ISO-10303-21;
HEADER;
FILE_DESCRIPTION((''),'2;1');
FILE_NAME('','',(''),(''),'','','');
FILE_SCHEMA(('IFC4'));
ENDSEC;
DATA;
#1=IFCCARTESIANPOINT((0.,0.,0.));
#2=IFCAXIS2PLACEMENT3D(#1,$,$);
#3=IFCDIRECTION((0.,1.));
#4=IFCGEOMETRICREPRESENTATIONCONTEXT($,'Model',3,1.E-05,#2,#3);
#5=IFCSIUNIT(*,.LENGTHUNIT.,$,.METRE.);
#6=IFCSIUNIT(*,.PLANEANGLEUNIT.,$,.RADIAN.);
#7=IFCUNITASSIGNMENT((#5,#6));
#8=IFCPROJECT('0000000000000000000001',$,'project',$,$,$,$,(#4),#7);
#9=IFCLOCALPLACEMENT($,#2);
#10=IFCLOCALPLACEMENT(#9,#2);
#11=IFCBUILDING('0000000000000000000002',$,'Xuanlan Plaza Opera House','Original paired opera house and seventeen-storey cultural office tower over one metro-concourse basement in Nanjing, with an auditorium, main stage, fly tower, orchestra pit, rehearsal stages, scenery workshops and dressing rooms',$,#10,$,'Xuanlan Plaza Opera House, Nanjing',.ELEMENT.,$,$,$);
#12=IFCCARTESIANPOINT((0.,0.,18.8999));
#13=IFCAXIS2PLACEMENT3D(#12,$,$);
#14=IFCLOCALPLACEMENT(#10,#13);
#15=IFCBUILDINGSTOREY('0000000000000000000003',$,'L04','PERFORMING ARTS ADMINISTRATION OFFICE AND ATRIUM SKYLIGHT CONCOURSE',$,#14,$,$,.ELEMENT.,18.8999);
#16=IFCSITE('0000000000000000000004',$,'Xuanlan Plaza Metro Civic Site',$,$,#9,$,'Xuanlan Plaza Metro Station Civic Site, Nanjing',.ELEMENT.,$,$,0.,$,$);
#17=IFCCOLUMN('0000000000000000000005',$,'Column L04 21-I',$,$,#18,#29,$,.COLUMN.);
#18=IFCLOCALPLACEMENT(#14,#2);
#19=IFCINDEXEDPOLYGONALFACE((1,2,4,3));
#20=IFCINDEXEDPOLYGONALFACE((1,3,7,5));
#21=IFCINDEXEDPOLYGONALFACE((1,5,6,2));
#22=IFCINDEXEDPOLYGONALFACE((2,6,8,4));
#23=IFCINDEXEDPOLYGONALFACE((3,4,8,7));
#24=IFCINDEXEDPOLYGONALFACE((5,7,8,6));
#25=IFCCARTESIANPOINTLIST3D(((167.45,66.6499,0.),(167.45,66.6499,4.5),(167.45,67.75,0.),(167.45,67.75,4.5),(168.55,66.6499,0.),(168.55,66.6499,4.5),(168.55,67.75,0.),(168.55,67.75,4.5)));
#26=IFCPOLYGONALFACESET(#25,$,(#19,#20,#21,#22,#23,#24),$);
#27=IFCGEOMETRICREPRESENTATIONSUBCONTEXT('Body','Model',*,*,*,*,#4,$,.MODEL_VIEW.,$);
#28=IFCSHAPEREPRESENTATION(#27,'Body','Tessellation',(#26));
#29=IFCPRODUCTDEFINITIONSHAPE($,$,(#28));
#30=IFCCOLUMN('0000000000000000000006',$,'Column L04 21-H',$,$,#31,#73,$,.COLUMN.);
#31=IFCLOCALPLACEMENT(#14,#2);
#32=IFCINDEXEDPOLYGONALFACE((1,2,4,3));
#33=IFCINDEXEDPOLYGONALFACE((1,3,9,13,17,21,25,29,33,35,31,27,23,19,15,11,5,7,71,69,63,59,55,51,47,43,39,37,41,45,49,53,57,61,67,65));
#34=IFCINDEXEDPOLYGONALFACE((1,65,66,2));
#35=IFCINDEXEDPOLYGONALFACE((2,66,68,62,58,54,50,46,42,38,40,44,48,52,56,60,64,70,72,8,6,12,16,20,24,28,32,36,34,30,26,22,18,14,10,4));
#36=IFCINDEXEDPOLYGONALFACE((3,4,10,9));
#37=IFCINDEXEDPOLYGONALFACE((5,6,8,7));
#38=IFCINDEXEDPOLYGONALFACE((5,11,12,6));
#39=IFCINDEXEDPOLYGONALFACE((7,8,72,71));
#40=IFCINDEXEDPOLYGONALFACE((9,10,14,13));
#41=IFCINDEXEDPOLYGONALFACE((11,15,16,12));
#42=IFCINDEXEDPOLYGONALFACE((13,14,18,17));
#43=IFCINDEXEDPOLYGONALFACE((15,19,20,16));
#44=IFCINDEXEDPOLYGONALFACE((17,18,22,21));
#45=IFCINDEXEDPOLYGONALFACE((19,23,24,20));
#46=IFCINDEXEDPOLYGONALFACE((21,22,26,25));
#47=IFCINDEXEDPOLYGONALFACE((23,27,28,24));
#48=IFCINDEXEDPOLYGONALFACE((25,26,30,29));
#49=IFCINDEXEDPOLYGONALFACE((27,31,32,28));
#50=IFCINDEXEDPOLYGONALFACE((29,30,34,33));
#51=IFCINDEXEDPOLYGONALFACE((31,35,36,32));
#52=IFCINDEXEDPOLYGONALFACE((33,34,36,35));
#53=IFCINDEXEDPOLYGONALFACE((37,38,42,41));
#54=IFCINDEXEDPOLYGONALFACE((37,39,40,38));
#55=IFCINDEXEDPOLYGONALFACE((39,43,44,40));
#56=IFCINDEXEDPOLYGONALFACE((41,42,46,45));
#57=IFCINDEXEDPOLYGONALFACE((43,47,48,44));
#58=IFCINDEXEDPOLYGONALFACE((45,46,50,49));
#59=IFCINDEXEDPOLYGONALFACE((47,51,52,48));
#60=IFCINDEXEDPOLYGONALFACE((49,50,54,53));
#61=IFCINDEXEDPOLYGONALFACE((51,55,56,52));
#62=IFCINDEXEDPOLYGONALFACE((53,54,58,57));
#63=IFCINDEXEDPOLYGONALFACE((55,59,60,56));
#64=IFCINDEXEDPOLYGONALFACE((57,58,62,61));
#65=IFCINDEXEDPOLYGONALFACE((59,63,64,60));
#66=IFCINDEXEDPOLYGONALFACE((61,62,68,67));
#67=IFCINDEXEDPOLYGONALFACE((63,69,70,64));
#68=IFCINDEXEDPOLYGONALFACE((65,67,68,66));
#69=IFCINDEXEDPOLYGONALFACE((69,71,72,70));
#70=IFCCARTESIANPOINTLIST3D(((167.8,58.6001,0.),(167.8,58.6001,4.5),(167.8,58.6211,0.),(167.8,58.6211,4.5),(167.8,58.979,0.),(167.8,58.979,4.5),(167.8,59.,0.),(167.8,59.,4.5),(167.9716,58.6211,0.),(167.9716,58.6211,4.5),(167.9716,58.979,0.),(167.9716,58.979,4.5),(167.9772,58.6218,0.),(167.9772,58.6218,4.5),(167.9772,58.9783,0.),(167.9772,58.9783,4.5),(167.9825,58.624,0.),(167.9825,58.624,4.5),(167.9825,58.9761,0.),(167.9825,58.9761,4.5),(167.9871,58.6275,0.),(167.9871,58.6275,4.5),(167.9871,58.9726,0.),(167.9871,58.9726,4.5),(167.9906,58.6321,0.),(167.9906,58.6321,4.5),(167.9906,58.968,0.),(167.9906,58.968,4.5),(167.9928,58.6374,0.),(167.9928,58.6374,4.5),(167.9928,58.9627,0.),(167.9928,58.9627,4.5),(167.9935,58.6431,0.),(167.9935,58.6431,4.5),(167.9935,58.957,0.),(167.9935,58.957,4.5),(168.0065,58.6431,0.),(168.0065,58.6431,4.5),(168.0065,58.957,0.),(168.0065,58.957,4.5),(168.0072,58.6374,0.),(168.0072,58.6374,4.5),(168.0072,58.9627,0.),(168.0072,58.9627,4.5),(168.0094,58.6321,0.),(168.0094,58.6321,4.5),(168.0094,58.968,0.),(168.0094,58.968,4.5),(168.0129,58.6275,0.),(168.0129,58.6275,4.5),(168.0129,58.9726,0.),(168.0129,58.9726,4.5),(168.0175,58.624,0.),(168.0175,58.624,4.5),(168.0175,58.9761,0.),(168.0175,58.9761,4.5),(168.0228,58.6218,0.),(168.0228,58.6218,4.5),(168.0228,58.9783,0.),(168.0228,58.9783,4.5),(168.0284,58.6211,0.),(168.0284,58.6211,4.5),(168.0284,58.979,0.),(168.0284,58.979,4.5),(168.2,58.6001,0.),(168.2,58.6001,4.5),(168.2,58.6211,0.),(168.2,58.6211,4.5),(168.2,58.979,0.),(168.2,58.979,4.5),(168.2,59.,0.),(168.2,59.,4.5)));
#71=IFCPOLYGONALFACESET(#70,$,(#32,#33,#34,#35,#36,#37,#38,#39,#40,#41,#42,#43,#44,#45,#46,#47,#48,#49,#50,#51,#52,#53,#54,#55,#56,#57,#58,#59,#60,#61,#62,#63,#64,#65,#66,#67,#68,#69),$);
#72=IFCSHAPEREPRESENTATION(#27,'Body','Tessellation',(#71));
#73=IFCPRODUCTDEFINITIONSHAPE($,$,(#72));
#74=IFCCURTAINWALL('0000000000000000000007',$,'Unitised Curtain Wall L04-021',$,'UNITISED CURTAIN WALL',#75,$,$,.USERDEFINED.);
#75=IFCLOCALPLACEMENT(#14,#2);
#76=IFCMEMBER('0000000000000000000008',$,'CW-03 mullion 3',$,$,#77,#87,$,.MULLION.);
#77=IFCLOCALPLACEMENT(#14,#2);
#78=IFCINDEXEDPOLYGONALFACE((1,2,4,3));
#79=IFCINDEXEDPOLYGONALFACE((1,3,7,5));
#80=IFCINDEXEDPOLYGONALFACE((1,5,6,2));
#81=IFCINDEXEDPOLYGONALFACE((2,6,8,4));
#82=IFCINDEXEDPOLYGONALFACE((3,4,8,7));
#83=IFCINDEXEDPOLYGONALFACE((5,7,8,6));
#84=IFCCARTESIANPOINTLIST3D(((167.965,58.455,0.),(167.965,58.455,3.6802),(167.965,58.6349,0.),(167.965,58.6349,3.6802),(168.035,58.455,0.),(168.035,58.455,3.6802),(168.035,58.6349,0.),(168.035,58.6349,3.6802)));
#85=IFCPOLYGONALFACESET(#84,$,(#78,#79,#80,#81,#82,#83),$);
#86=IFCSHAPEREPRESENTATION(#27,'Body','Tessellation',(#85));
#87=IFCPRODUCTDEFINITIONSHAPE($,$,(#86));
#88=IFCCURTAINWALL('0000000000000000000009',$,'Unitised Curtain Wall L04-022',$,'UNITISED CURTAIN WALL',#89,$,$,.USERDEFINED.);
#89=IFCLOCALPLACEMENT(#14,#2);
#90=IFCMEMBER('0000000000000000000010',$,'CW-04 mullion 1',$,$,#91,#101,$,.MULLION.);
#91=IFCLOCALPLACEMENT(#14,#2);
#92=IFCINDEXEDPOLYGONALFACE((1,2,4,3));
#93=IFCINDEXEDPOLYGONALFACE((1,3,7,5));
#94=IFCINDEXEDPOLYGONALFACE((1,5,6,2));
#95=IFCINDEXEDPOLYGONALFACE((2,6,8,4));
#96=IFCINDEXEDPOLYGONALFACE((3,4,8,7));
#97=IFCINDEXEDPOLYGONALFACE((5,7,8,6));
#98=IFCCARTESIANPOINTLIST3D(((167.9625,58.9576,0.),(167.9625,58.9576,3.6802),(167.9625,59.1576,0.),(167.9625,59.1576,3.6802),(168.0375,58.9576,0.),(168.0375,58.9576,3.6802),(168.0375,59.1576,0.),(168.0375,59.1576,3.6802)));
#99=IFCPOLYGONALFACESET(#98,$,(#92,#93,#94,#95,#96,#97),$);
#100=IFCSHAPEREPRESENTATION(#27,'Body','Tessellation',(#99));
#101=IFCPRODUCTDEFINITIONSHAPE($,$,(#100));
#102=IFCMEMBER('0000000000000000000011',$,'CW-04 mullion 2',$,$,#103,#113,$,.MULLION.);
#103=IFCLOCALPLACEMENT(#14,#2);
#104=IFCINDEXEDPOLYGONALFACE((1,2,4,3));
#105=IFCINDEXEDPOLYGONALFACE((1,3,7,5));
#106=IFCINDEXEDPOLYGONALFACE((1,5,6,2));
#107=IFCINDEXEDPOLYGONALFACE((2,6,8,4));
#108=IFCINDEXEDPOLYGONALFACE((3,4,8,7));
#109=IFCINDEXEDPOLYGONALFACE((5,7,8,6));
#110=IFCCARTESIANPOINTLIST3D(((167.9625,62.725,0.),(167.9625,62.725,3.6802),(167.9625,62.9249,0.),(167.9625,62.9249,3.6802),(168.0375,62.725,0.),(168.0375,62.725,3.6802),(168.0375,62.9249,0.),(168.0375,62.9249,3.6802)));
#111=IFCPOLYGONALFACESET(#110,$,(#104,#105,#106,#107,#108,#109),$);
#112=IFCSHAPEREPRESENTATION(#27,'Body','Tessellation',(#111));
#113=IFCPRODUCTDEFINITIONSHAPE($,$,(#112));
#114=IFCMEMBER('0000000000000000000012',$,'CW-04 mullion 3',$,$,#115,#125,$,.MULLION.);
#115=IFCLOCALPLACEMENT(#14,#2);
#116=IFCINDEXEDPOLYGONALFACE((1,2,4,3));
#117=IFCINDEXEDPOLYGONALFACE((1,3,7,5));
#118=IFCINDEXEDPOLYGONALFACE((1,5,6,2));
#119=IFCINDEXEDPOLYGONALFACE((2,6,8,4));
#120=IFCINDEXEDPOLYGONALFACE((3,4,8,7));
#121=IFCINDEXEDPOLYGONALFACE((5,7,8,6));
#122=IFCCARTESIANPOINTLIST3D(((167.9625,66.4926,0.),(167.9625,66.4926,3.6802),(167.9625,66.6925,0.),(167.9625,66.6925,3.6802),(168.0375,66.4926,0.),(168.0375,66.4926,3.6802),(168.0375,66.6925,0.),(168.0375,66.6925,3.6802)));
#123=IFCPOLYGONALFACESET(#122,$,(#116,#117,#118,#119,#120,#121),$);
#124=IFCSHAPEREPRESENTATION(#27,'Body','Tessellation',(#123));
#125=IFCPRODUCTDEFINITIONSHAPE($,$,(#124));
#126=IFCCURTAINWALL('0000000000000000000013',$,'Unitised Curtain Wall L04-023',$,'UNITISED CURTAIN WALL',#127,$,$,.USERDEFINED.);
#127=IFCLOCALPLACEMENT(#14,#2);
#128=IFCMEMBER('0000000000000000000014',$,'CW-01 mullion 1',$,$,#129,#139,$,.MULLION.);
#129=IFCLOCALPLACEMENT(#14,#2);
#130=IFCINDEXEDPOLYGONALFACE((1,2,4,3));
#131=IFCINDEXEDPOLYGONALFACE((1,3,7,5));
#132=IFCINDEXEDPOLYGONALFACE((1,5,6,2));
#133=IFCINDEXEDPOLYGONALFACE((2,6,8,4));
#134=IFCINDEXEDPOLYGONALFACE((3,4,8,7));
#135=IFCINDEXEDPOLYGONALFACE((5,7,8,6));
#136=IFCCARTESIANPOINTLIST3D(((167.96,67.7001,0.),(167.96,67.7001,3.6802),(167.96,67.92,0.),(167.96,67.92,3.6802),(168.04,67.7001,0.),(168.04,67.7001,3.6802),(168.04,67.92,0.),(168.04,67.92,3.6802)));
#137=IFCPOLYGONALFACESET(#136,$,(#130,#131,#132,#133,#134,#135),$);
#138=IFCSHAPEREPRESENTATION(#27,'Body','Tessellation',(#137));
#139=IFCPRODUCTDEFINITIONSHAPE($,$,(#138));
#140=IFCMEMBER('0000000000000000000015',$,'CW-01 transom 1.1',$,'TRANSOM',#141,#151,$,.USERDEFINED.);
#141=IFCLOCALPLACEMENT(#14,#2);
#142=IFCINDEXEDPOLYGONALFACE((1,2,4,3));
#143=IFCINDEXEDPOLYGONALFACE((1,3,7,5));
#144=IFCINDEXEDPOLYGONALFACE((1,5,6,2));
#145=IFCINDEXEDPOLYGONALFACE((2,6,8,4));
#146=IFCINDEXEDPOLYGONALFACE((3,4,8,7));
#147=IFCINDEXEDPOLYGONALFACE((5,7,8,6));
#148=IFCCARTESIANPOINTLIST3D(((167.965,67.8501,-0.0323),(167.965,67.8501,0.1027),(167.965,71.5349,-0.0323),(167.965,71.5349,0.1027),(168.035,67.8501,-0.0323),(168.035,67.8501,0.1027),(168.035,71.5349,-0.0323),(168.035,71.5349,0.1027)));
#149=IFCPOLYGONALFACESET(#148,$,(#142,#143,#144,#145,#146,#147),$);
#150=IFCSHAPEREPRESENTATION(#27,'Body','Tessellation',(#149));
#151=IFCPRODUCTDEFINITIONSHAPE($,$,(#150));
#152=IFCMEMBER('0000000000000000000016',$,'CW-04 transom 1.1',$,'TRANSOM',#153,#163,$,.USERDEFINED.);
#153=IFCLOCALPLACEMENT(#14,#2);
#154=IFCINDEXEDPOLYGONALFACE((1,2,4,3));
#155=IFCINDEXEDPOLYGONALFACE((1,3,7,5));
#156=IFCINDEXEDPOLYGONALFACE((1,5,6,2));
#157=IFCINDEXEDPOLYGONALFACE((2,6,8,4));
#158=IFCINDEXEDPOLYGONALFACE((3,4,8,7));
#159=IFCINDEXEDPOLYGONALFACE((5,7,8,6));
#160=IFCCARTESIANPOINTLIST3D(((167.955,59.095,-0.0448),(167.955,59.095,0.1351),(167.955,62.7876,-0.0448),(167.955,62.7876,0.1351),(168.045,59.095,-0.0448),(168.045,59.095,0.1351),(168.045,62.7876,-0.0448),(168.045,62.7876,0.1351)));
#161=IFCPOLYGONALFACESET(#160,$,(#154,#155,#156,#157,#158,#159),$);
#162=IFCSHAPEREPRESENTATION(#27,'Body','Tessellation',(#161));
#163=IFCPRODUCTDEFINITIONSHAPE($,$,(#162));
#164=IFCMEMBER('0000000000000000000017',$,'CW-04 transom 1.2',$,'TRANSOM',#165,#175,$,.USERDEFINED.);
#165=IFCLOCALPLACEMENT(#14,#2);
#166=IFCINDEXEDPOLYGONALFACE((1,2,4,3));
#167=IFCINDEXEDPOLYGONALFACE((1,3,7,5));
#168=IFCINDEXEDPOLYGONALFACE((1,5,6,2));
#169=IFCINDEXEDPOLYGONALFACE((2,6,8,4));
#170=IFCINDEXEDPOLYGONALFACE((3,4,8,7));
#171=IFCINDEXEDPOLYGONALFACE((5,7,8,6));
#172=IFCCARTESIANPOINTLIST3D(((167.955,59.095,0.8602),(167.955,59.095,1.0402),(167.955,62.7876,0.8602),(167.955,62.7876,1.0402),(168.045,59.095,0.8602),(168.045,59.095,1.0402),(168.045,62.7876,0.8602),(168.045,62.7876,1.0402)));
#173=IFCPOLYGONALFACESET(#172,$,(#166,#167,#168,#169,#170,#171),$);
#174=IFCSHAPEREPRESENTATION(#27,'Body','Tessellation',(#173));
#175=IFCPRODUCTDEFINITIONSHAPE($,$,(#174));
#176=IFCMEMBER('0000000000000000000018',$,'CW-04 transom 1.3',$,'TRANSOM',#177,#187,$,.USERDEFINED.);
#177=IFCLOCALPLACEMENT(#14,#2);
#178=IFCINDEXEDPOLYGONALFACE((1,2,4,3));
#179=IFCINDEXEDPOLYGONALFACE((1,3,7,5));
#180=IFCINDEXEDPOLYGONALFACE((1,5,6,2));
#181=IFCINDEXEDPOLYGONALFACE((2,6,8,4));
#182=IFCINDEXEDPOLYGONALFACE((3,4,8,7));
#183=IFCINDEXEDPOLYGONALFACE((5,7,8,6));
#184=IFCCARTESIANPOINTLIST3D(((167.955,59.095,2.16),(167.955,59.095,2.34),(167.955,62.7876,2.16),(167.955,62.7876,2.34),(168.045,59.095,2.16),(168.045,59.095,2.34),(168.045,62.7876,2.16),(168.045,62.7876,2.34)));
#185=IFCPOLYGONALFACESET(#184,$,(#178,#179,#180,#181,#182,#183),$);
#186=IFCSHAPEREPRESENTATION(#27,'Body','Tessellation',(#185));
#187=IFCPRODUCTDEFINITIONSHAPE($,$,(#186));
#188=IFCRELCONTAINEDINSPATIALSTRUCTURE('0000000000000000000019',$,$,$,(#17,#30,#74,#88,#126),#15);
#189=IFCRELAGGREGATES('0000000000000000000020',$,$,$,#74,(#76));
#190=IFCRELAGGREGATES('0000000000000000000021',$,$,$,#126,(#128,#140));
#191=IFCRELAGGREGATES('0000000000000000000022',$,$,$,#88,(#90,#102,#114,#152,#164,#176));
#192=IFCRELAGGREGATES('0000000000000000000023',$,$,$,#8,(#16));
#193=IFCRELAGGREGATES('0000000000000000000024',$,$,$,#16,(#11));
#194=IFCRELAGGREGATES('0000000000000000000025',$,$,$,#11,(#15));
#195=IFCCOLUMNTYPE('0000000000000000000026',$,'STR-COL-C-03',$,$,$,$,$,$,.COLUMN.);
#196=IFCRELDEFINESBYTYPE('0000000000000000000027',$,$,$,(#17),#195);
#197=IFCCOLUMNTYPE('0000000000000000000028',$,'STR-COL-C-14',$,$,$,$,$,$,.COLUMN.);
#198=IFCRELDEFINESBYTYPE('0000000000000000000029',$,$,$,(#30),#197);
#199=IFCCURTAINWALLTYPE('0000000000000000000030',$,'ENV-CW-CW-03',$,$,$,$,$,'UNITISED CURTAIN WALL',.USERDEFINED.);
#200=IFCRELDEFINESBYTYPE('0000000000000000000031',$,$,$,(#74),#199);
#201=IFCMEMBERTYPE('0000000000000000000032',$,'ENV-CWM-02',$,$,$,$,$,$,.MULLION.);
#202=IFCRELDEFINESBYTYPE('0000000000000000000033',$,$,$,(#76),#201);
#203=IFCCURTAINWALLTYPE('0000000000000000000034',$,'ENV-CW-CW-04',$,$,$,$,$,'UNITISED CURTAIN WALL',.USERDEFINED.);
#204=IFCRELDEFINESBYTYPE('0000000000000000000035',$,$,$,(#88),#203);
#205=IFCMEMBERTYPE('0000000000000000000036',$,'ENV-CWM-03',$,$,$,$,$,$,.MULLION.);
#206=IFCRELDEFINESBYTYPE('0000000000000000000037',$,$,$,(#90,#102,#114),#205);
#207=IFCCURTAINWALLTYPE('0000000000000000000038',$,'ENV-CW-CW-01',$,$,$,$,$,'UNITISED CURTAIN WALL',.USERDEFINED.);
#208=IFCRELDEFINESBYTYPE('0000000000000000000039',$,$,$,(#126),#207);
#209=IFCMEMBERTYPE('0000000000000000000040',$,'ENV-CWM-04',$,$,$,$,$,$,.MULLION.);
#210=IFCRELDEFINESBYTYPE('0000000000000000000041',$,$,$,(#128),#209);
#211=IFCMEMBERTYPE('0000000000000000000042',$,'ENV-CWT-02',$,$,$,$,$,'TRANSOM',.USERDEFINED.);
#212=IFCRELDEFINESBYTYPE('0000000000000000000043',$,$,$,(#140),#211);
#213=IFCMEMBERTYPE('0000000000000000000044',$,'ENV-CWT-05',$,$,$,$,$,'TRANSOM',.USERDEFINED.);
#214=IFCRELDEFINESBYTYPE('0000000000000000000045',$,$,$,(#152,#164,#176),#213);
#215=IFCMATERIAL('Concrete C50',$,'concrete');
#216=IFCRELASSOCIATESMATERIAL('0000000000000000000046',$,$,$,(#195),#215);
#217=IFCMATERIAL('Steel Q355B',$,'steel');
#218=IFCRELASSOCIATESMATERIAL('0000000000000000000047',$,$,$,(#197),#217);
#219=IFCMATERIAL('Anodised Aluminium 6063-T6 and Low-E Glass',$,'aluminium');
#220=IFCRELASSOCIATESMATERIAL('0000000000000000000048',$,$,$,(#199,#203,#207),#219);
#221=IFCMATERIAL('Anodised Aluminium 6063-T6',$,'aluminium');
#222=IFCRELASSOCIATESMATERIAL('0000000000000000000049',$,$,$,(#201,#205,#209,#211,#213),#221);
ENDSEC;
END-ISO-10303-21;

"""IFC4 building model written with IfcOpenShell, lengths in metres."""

from ifc_helpers import new_model, si_unit, direction, frame, origin, origin_2d, place, context, subcontext, project, spatial, rectangle, i_section, extrude, material, material_profile, profile_set, type_object, element, aggregate, save


model = new_model("IFC4")

# Units and contexts
model_context = context("Model", 3, precision=1e-05, world=origin(), true_north=direction((0.0, 1.0)))
body_context = subcontext(model_context, "Body", "Model", "MODEL_VIEW")
ifc_project = project(units=[si_unit("LENGTHUNIT", "METRE"), si_unit("PLANEANGLEUNIT", "RADIAN")], contexts=[model_context])

# Site, building, storey
site_placement = place(None, origin())
site = spatial("IfcSite", under=ifc_project, at=site_placement, Name="Xuanlan Plaza Metro Civic Site", LongName="Xuanlan Plaza Metro Station Civic Site, Nanjing", CompositionType="ELEMENT", RefElevation=0.0)
building_placement = place(site_placement, origin())
building = spatial("IfcBuilding", under=site, at=building_placement, Name="Xuanlan Plaza Opera House", Description="Original paired opera house and seventeen-storey cultural office tower over one metro-concourse basement in Nanjing, with an auditorium, main stage, fly tower, orchestra pit, rehearsal stages, scenery workshops and dressing rooms", LongName="Xuanlan Plaza Opera House, Nanjing", CompositionType="ELEMENT")
storey_placement = place(building_placement, frame((0.0, 0.0, 18.8999)))
storey = spatial("IfcBuildingStorey", under=building, at=storey_placement, Name="L04", Description="PERFORMING ARTS ADMINISTRATION OFFICE AND ATRIUM SKYLIGHT CONCOURSE", CompositionType="ELEMENT", Elevation=18.8999)

# Columns
ifc_material_1 = material(Name="Concrete C50", Category="concrete")
ifc_material_profile_1 = material_profile(ifc_material_1, rectangle(XDim=1.1001, YDim=1.1001, at=origin_2d()), Name="RC-COL 1100x1100")
ifc_profile_set_1 = profile_set([ifc_material_profile_1], Name="Concrete C50")
column_type_1 = type_object("IfcColumnType", Name="STR-COL-C-03", PredefinedType="COLUMN", material=ifc_profile_set_1)
column_1_placement = place(storey_placement, frame((168.0, 67.2, 0.0), z_axis=(0.0, 0.0, 1.0), x_axis=(1.0, 0.0, 0.0)))
element("IfcColumn", 1, at=column_1_placement, inside=storey, type_object=column_type_1, Name="Column L04 21-I", PredefinedType="COLUMN", context=body_context, shape_type="SweptSolid", body=[
    extrude(rectangle(XDim=1.1001, YDim=1.1001, at=origin_2d()), origin(), (0.0, 0.0, 1.0), 4.5),
])
ifc_material_2 = material(Name="Steel Q355B", Category="steel")
ifc_material_profile_2 = material_profile(ifc_material_2, i_section(OverallWidth=0.3999, OverallDepth=0.3999, WebThickness=0.0129, FlangeThickness=0.021, FilletRadius=0.022, at=origin_2d()), Name="HW 400x400x13x21")
ifc_profile_set_2 = profile_set([ifc_material_profile_2], Name="Steel Q355B")
column_type_2 = type_object("IfcColumnType", Name="STR-COL-C-14", PredefinedType="COLUMN", material=ifc_profile_set_2)
column_2_placement = place(storey_placement, frame((168.0, 58.8, 0.0), z_axis=(0.0, 0.0, 1.0), x_axis=(1.0, 0.0, 0.0)))
element("IfcColumn", 2, at=column_2_placement, inside=storey, type_object=column_type_2, Name="Column L04 21-H", PredefinedType="COLUMN", context=body_context, shape_type="SweptSolid", body=[
    extrude(i_section(OverallWidth=0.3999, OverallDepth=0.3999, WebThickness=0.0129, FlangeThickness=0.021, FilletRadius=0.022, at=origin_2d()), origin(), (0.0, 0.0, 1.0), 4.5),
])

# Curtain wall, member
ifc_material_3 = material(Name="Anodised Aluminium 6063-T6 and Low-E Glass", Category="aluminium")
curtain_wall_type_1 = type_object("IfcCurtainWallType", Name="ENV-CW-CW-03", ElementType="UNITISED CURTAIN WALL", PredefinedType="USERDEFINED", material=ifc_material_3)
curtain_wall_1_placement = place(storey_placement, origin())
curtain_wall_1 = element("IfcCurtainWall", 3, at=curtain_wall_1_placement, inside=storey, type_object=curtain_wall_type_1, Name="Unitised Curtain Wall L04-021", ObjectType="UNITISED CURTAIN WALL", PredefinedType="USERDEFINED")
ifc_material_4 = material(Name="Anodised Aluminium 6063-T6", Category="aluminium")
ifc_material_profile_3 = material_profile(ifc_material_4, rectangle(XDim=0.0701, YDim=0.1799, at=origin_2d()), Name="ALU-M 70x180")
ifc_profile_set_3 = profile_set([ifc_material_profile_3], Name="Anodised Aluminium 6063-T6")
member_type_1 = type_object("IfcMemberType", Name="ENV-CWM-02", PredefinedType="MULLION", material=ifc_profile_set_3)
member_1_placement = place(storey_placement, frame((168.0, 58.5449, 0.0), z_axis=(0.0, 0.0, 1.0), x_axis=(-1.0, 0.0, 0.0)))
member_1 = element("IfcMember", 4, at=member_1_placement, type_object=member_type_1, Name="CW-03 mullion 3", PredefinedType="MULLION", context=body_context, shape_type="SweptSolid", body=[
    extrude(rectangle(XDim=0.0701, YDim=0.1799, at=origin_2d()), origin(), (0.0, 0.0, 1.0), 3.6802),
])
aggregate(curtain_wall_1, [member_1])

# Curtain walls, members
curtain_wall_type_2 = type_object("IfcCurtainWallType", Name="ENV-CW-CW-04", ElementType="UNITISED CURTAIN WALL", PredefinedType="USERDEFINED", material=ifc_material_3)
curtain_wall_2_placement = place(storey_placement, origin())
curtain_wall_2 = element("IfcCurtainWall", 5, at=curtain_wall_2_placement, inside=storey, type_object=curtain_wall_type_2, Name="Unitised Curtain Wall L04-022", ObjectType="UNITISED CURTAIN WALL", PredefinedType="USERDEFINED")
ifc_material_profile_4 = material_profile(ifc_material_4, rectangle(XDim=0.075, YDim=0.2, at=origin_2d()), Name="ALU-M 75x200")
ifc_profile_set_4 = profile_set([ifc_material_profile_4], Name="Anodised Aluminium 6063-T6")
member_type_2 = type_object("IfcMemberType", Name="ENV-CWM-03", PredefinedType="MULLION", material=ifc_profile_set_4)
member_2_placement = place(storey_placement, frame((168.0, 59.0576, 0.0), z_axis=(0.0, 0.0, 1.0), x_axis=(-1.0, 0.0, 0.0)))
member_2 = element("IfcMember", 6, at=member_2_placement, type_object=member_type_2, Name="CW-04 mullion 1", PredefinedType="MULLION", context=body_context, shape_type="SweptSolid", body=[
    extrude(rectangle(XDim=0.075, YDim=0.2, at=origin_2d()), origin(), (0.0, 0.0, 1.0), 3.6802),
])
member_3_placement = place(storey_placement, frame((168.0, 62.825, 0.0), z_axis=(0.0, 0.0, 1.0), x_axis=(-1.0, 0.0, 0.0)))
member_3 = element("IfcMember", 7, at=member_3_placement, type_object=member_type_2, Name="CW-04 mullion 2", PredefinedType="MULLION", context=body_context, shape_type="SweptSolid", body=[
    extrude(rectangle(XDim=0.075, YDim=0.2, at=origin_2d()), origin(), (0.0, 0.0, 1.0), 3.6802),
])
member_4_placement = place(storey_placement, frame((168.0, 66.5925, 0.0), z_axis=(0.0, 0.0, 1.0), x_axis=(-1.0, 0.0, 0.0)))
member_4 = element("IfcMember", 8, at=member_4_placement, type_object=member_type_2, Name="CW-04 mullion 3", PredefinedType="MULLION", context=body_context, shape_type="SweptSolid", body=[
    extrude(rectangle(XDim=0.075, YDim=0.2, at=origin_2d()), origin(), (0.0, 0.0, 1.0), 3.6802),
])
curtain_wall_type_3 = type_object("IfcCurtainWallType", Name="ENV-CW-CW-01", ElementType="UNITISED CURTAIN WALL", PredefinedType="USERDEFINED", material=ifc_material_3)
curtain_wall_3_placement = place(storey_placement, origin())
curtain_wall_3 = element("IfcCurtainWall", 9, at=curtain_wall_3_placement, inside=storey, type_object=curtain_wall_type_3, Name="Unitised Curtain Wall L04-023", ObjectType="UNITISED CURTAIN WALL", PredefinedType="USERDEFINED")
ifc_material_profile_5 = material_profile(ifc_material_4, rectangle(XDim=0.0801, YDim=0.22, at=origin_2d()), Name="ALU-M 80x220")
ifc_profile_set_5 = profile_set([ifc_material_profile_5], Name="Anodised Aluminium 6063-T6")
member_type_3 = type_object("IfcMemberType", Name="ENV-CWM-04", PredefinedType="MULLION", material=ifc_profile_set_5)
member_5_placement = place(storey_placement, frame((168.0, 67.8101, 0.0), z_axis=(0.0, 0.0, 1.0), x_axis=(-1.0, 0.0, 0.0)))
member_5 = element("IfcMember", 10, at=member_5_placement, type_object=member_type_3, Name="CW-01 mullion 1", PredefinedType="MULLION", context=body_context, shape_type="SweptSolid", body=[
    extrude(rectangle(XDim=0.0801, YDim=0.22, at=origin_2d()), origin(), (0.0, 0.0, 1.0), 3.6802),
])
ifc_material_profile_6 = material_profile(ifc_material_4, rectangle(XDim=0.0701, YDim=0.135, at=origin_2d()), Name="ALU-T 70x135")
ifc_profile_set_6 = profile_set([ifc_material_profile_6], Name="Anodised Aluminium 6063-T6")
member_type_4 = type_object("IfcMemberType", Name="ENV-CWT-02", ElementType="TRANSOM", PredefinedType="USERDEFINED", material=ifc_profile_set_6)
member_6_placement = place(storey_placement, frame((168.0, 67.8501, 0.0352), z_axis=(0.0, 1.0, 0.0), x_axis=(-1.0, 0.0, 0.0)))
member_6 = element("IfcMember", 11, at=member_6_placement, type_object=member_type_4, Name="CW-01 transom 1.1", ObjectType="TRANSOM", PredefinedType="USERDEFINED", context=body_context, shape_type="SweptSolid", body=[
    extrude(rectangle(XDim=0.0701, YDim=0.135, at=origin_2d()), origin(), (0.0, 0.0, 1.0), 3.6848),
])
aggregate(curtain_wall_3, [member_5, member_6])

# Members
ifc_material_profile_7 = material_profile(ifc_material_4, rectangle(XDim=0.0901, YDim=0.1799, at=origin_2d()), Name="ALU-T 90x180")
ifc_profile_set_7 = profile_set([ifc_material_profile_7], Name="Anodised Aluminium 6063-T6")
member_type_5 = type_object("IfcMemberType", Name="ENV-CWT-05", ElementType="TRANSOM", PredefinedType="USERDEFINED", material=ifc_profile_set_7)
member_7_placement = place(storey_placement, frame((168.0, 59.095, 0.0452), z_axis=(0.0, 1.0, 0.0), x_axis=(-1.0, 0.0, 0.0)))
member_7 = element("IfcMember", 12, at=member_7_placement, type_object=member_type_5, Name="CW-04 transom 1.1", ObjectType="TRANSOM", PredefinedType="USERDEFINED", context=body_context, shape_type="SweptSolid", body=[
    extrude(rectangle(XDim=0.0901, YDim=0.1799, at=origin_2d()), origin(), (0.0, 0.0, 1.0), 3.6926),
])
member_8_placement = place(storey_placement, frame((168.0, 59.095, 0.9502), z_axis=(0.0, 1.0, 0.0), x_axis=(-1.0, 0.0, 0.0)))
member_8 = element("IfcMember", 13, at=member_8_placement, type_object=member_type_5, Name="CW-04 transom 1.2", ObjectType="TRANSOM", PredefinedType="USERDEFINED", context=body_context, shape_type="SweptSolid", body=[
    extrude(rectangle(XDim=0.0901, YDim=0.1799, at=origin_2d()), origin(), (0.0, 0.0, 1.0), 3.6926),
])
member_9_placement = place(storey_placement, frame((168.0, 59.095, 2.25), z_axis=(0.0, 1.0, 0.0), x_axis=(-1.0, 0.0, 0.0)))
member_9 = element("IfcMember", 14, at=member_9_placement, type_object=member_type_5, Name="CW-04 transom 1.3", ObjectType="TRANSOM", PredefinedType="USERDEFINED", context=body_context, shape_type="SweptSolid", body=[
    extrude(rectangle(XDim=0.0901, YDim=0.1799, at=origin_2d()), origin(), (0.0, 0.0, 1.0), 3.6926),
])

aggregate(curtain_wall_2, [member_2, member_3, member_4, member_7, member_8, member_9])

save(model, "model.ifc")
